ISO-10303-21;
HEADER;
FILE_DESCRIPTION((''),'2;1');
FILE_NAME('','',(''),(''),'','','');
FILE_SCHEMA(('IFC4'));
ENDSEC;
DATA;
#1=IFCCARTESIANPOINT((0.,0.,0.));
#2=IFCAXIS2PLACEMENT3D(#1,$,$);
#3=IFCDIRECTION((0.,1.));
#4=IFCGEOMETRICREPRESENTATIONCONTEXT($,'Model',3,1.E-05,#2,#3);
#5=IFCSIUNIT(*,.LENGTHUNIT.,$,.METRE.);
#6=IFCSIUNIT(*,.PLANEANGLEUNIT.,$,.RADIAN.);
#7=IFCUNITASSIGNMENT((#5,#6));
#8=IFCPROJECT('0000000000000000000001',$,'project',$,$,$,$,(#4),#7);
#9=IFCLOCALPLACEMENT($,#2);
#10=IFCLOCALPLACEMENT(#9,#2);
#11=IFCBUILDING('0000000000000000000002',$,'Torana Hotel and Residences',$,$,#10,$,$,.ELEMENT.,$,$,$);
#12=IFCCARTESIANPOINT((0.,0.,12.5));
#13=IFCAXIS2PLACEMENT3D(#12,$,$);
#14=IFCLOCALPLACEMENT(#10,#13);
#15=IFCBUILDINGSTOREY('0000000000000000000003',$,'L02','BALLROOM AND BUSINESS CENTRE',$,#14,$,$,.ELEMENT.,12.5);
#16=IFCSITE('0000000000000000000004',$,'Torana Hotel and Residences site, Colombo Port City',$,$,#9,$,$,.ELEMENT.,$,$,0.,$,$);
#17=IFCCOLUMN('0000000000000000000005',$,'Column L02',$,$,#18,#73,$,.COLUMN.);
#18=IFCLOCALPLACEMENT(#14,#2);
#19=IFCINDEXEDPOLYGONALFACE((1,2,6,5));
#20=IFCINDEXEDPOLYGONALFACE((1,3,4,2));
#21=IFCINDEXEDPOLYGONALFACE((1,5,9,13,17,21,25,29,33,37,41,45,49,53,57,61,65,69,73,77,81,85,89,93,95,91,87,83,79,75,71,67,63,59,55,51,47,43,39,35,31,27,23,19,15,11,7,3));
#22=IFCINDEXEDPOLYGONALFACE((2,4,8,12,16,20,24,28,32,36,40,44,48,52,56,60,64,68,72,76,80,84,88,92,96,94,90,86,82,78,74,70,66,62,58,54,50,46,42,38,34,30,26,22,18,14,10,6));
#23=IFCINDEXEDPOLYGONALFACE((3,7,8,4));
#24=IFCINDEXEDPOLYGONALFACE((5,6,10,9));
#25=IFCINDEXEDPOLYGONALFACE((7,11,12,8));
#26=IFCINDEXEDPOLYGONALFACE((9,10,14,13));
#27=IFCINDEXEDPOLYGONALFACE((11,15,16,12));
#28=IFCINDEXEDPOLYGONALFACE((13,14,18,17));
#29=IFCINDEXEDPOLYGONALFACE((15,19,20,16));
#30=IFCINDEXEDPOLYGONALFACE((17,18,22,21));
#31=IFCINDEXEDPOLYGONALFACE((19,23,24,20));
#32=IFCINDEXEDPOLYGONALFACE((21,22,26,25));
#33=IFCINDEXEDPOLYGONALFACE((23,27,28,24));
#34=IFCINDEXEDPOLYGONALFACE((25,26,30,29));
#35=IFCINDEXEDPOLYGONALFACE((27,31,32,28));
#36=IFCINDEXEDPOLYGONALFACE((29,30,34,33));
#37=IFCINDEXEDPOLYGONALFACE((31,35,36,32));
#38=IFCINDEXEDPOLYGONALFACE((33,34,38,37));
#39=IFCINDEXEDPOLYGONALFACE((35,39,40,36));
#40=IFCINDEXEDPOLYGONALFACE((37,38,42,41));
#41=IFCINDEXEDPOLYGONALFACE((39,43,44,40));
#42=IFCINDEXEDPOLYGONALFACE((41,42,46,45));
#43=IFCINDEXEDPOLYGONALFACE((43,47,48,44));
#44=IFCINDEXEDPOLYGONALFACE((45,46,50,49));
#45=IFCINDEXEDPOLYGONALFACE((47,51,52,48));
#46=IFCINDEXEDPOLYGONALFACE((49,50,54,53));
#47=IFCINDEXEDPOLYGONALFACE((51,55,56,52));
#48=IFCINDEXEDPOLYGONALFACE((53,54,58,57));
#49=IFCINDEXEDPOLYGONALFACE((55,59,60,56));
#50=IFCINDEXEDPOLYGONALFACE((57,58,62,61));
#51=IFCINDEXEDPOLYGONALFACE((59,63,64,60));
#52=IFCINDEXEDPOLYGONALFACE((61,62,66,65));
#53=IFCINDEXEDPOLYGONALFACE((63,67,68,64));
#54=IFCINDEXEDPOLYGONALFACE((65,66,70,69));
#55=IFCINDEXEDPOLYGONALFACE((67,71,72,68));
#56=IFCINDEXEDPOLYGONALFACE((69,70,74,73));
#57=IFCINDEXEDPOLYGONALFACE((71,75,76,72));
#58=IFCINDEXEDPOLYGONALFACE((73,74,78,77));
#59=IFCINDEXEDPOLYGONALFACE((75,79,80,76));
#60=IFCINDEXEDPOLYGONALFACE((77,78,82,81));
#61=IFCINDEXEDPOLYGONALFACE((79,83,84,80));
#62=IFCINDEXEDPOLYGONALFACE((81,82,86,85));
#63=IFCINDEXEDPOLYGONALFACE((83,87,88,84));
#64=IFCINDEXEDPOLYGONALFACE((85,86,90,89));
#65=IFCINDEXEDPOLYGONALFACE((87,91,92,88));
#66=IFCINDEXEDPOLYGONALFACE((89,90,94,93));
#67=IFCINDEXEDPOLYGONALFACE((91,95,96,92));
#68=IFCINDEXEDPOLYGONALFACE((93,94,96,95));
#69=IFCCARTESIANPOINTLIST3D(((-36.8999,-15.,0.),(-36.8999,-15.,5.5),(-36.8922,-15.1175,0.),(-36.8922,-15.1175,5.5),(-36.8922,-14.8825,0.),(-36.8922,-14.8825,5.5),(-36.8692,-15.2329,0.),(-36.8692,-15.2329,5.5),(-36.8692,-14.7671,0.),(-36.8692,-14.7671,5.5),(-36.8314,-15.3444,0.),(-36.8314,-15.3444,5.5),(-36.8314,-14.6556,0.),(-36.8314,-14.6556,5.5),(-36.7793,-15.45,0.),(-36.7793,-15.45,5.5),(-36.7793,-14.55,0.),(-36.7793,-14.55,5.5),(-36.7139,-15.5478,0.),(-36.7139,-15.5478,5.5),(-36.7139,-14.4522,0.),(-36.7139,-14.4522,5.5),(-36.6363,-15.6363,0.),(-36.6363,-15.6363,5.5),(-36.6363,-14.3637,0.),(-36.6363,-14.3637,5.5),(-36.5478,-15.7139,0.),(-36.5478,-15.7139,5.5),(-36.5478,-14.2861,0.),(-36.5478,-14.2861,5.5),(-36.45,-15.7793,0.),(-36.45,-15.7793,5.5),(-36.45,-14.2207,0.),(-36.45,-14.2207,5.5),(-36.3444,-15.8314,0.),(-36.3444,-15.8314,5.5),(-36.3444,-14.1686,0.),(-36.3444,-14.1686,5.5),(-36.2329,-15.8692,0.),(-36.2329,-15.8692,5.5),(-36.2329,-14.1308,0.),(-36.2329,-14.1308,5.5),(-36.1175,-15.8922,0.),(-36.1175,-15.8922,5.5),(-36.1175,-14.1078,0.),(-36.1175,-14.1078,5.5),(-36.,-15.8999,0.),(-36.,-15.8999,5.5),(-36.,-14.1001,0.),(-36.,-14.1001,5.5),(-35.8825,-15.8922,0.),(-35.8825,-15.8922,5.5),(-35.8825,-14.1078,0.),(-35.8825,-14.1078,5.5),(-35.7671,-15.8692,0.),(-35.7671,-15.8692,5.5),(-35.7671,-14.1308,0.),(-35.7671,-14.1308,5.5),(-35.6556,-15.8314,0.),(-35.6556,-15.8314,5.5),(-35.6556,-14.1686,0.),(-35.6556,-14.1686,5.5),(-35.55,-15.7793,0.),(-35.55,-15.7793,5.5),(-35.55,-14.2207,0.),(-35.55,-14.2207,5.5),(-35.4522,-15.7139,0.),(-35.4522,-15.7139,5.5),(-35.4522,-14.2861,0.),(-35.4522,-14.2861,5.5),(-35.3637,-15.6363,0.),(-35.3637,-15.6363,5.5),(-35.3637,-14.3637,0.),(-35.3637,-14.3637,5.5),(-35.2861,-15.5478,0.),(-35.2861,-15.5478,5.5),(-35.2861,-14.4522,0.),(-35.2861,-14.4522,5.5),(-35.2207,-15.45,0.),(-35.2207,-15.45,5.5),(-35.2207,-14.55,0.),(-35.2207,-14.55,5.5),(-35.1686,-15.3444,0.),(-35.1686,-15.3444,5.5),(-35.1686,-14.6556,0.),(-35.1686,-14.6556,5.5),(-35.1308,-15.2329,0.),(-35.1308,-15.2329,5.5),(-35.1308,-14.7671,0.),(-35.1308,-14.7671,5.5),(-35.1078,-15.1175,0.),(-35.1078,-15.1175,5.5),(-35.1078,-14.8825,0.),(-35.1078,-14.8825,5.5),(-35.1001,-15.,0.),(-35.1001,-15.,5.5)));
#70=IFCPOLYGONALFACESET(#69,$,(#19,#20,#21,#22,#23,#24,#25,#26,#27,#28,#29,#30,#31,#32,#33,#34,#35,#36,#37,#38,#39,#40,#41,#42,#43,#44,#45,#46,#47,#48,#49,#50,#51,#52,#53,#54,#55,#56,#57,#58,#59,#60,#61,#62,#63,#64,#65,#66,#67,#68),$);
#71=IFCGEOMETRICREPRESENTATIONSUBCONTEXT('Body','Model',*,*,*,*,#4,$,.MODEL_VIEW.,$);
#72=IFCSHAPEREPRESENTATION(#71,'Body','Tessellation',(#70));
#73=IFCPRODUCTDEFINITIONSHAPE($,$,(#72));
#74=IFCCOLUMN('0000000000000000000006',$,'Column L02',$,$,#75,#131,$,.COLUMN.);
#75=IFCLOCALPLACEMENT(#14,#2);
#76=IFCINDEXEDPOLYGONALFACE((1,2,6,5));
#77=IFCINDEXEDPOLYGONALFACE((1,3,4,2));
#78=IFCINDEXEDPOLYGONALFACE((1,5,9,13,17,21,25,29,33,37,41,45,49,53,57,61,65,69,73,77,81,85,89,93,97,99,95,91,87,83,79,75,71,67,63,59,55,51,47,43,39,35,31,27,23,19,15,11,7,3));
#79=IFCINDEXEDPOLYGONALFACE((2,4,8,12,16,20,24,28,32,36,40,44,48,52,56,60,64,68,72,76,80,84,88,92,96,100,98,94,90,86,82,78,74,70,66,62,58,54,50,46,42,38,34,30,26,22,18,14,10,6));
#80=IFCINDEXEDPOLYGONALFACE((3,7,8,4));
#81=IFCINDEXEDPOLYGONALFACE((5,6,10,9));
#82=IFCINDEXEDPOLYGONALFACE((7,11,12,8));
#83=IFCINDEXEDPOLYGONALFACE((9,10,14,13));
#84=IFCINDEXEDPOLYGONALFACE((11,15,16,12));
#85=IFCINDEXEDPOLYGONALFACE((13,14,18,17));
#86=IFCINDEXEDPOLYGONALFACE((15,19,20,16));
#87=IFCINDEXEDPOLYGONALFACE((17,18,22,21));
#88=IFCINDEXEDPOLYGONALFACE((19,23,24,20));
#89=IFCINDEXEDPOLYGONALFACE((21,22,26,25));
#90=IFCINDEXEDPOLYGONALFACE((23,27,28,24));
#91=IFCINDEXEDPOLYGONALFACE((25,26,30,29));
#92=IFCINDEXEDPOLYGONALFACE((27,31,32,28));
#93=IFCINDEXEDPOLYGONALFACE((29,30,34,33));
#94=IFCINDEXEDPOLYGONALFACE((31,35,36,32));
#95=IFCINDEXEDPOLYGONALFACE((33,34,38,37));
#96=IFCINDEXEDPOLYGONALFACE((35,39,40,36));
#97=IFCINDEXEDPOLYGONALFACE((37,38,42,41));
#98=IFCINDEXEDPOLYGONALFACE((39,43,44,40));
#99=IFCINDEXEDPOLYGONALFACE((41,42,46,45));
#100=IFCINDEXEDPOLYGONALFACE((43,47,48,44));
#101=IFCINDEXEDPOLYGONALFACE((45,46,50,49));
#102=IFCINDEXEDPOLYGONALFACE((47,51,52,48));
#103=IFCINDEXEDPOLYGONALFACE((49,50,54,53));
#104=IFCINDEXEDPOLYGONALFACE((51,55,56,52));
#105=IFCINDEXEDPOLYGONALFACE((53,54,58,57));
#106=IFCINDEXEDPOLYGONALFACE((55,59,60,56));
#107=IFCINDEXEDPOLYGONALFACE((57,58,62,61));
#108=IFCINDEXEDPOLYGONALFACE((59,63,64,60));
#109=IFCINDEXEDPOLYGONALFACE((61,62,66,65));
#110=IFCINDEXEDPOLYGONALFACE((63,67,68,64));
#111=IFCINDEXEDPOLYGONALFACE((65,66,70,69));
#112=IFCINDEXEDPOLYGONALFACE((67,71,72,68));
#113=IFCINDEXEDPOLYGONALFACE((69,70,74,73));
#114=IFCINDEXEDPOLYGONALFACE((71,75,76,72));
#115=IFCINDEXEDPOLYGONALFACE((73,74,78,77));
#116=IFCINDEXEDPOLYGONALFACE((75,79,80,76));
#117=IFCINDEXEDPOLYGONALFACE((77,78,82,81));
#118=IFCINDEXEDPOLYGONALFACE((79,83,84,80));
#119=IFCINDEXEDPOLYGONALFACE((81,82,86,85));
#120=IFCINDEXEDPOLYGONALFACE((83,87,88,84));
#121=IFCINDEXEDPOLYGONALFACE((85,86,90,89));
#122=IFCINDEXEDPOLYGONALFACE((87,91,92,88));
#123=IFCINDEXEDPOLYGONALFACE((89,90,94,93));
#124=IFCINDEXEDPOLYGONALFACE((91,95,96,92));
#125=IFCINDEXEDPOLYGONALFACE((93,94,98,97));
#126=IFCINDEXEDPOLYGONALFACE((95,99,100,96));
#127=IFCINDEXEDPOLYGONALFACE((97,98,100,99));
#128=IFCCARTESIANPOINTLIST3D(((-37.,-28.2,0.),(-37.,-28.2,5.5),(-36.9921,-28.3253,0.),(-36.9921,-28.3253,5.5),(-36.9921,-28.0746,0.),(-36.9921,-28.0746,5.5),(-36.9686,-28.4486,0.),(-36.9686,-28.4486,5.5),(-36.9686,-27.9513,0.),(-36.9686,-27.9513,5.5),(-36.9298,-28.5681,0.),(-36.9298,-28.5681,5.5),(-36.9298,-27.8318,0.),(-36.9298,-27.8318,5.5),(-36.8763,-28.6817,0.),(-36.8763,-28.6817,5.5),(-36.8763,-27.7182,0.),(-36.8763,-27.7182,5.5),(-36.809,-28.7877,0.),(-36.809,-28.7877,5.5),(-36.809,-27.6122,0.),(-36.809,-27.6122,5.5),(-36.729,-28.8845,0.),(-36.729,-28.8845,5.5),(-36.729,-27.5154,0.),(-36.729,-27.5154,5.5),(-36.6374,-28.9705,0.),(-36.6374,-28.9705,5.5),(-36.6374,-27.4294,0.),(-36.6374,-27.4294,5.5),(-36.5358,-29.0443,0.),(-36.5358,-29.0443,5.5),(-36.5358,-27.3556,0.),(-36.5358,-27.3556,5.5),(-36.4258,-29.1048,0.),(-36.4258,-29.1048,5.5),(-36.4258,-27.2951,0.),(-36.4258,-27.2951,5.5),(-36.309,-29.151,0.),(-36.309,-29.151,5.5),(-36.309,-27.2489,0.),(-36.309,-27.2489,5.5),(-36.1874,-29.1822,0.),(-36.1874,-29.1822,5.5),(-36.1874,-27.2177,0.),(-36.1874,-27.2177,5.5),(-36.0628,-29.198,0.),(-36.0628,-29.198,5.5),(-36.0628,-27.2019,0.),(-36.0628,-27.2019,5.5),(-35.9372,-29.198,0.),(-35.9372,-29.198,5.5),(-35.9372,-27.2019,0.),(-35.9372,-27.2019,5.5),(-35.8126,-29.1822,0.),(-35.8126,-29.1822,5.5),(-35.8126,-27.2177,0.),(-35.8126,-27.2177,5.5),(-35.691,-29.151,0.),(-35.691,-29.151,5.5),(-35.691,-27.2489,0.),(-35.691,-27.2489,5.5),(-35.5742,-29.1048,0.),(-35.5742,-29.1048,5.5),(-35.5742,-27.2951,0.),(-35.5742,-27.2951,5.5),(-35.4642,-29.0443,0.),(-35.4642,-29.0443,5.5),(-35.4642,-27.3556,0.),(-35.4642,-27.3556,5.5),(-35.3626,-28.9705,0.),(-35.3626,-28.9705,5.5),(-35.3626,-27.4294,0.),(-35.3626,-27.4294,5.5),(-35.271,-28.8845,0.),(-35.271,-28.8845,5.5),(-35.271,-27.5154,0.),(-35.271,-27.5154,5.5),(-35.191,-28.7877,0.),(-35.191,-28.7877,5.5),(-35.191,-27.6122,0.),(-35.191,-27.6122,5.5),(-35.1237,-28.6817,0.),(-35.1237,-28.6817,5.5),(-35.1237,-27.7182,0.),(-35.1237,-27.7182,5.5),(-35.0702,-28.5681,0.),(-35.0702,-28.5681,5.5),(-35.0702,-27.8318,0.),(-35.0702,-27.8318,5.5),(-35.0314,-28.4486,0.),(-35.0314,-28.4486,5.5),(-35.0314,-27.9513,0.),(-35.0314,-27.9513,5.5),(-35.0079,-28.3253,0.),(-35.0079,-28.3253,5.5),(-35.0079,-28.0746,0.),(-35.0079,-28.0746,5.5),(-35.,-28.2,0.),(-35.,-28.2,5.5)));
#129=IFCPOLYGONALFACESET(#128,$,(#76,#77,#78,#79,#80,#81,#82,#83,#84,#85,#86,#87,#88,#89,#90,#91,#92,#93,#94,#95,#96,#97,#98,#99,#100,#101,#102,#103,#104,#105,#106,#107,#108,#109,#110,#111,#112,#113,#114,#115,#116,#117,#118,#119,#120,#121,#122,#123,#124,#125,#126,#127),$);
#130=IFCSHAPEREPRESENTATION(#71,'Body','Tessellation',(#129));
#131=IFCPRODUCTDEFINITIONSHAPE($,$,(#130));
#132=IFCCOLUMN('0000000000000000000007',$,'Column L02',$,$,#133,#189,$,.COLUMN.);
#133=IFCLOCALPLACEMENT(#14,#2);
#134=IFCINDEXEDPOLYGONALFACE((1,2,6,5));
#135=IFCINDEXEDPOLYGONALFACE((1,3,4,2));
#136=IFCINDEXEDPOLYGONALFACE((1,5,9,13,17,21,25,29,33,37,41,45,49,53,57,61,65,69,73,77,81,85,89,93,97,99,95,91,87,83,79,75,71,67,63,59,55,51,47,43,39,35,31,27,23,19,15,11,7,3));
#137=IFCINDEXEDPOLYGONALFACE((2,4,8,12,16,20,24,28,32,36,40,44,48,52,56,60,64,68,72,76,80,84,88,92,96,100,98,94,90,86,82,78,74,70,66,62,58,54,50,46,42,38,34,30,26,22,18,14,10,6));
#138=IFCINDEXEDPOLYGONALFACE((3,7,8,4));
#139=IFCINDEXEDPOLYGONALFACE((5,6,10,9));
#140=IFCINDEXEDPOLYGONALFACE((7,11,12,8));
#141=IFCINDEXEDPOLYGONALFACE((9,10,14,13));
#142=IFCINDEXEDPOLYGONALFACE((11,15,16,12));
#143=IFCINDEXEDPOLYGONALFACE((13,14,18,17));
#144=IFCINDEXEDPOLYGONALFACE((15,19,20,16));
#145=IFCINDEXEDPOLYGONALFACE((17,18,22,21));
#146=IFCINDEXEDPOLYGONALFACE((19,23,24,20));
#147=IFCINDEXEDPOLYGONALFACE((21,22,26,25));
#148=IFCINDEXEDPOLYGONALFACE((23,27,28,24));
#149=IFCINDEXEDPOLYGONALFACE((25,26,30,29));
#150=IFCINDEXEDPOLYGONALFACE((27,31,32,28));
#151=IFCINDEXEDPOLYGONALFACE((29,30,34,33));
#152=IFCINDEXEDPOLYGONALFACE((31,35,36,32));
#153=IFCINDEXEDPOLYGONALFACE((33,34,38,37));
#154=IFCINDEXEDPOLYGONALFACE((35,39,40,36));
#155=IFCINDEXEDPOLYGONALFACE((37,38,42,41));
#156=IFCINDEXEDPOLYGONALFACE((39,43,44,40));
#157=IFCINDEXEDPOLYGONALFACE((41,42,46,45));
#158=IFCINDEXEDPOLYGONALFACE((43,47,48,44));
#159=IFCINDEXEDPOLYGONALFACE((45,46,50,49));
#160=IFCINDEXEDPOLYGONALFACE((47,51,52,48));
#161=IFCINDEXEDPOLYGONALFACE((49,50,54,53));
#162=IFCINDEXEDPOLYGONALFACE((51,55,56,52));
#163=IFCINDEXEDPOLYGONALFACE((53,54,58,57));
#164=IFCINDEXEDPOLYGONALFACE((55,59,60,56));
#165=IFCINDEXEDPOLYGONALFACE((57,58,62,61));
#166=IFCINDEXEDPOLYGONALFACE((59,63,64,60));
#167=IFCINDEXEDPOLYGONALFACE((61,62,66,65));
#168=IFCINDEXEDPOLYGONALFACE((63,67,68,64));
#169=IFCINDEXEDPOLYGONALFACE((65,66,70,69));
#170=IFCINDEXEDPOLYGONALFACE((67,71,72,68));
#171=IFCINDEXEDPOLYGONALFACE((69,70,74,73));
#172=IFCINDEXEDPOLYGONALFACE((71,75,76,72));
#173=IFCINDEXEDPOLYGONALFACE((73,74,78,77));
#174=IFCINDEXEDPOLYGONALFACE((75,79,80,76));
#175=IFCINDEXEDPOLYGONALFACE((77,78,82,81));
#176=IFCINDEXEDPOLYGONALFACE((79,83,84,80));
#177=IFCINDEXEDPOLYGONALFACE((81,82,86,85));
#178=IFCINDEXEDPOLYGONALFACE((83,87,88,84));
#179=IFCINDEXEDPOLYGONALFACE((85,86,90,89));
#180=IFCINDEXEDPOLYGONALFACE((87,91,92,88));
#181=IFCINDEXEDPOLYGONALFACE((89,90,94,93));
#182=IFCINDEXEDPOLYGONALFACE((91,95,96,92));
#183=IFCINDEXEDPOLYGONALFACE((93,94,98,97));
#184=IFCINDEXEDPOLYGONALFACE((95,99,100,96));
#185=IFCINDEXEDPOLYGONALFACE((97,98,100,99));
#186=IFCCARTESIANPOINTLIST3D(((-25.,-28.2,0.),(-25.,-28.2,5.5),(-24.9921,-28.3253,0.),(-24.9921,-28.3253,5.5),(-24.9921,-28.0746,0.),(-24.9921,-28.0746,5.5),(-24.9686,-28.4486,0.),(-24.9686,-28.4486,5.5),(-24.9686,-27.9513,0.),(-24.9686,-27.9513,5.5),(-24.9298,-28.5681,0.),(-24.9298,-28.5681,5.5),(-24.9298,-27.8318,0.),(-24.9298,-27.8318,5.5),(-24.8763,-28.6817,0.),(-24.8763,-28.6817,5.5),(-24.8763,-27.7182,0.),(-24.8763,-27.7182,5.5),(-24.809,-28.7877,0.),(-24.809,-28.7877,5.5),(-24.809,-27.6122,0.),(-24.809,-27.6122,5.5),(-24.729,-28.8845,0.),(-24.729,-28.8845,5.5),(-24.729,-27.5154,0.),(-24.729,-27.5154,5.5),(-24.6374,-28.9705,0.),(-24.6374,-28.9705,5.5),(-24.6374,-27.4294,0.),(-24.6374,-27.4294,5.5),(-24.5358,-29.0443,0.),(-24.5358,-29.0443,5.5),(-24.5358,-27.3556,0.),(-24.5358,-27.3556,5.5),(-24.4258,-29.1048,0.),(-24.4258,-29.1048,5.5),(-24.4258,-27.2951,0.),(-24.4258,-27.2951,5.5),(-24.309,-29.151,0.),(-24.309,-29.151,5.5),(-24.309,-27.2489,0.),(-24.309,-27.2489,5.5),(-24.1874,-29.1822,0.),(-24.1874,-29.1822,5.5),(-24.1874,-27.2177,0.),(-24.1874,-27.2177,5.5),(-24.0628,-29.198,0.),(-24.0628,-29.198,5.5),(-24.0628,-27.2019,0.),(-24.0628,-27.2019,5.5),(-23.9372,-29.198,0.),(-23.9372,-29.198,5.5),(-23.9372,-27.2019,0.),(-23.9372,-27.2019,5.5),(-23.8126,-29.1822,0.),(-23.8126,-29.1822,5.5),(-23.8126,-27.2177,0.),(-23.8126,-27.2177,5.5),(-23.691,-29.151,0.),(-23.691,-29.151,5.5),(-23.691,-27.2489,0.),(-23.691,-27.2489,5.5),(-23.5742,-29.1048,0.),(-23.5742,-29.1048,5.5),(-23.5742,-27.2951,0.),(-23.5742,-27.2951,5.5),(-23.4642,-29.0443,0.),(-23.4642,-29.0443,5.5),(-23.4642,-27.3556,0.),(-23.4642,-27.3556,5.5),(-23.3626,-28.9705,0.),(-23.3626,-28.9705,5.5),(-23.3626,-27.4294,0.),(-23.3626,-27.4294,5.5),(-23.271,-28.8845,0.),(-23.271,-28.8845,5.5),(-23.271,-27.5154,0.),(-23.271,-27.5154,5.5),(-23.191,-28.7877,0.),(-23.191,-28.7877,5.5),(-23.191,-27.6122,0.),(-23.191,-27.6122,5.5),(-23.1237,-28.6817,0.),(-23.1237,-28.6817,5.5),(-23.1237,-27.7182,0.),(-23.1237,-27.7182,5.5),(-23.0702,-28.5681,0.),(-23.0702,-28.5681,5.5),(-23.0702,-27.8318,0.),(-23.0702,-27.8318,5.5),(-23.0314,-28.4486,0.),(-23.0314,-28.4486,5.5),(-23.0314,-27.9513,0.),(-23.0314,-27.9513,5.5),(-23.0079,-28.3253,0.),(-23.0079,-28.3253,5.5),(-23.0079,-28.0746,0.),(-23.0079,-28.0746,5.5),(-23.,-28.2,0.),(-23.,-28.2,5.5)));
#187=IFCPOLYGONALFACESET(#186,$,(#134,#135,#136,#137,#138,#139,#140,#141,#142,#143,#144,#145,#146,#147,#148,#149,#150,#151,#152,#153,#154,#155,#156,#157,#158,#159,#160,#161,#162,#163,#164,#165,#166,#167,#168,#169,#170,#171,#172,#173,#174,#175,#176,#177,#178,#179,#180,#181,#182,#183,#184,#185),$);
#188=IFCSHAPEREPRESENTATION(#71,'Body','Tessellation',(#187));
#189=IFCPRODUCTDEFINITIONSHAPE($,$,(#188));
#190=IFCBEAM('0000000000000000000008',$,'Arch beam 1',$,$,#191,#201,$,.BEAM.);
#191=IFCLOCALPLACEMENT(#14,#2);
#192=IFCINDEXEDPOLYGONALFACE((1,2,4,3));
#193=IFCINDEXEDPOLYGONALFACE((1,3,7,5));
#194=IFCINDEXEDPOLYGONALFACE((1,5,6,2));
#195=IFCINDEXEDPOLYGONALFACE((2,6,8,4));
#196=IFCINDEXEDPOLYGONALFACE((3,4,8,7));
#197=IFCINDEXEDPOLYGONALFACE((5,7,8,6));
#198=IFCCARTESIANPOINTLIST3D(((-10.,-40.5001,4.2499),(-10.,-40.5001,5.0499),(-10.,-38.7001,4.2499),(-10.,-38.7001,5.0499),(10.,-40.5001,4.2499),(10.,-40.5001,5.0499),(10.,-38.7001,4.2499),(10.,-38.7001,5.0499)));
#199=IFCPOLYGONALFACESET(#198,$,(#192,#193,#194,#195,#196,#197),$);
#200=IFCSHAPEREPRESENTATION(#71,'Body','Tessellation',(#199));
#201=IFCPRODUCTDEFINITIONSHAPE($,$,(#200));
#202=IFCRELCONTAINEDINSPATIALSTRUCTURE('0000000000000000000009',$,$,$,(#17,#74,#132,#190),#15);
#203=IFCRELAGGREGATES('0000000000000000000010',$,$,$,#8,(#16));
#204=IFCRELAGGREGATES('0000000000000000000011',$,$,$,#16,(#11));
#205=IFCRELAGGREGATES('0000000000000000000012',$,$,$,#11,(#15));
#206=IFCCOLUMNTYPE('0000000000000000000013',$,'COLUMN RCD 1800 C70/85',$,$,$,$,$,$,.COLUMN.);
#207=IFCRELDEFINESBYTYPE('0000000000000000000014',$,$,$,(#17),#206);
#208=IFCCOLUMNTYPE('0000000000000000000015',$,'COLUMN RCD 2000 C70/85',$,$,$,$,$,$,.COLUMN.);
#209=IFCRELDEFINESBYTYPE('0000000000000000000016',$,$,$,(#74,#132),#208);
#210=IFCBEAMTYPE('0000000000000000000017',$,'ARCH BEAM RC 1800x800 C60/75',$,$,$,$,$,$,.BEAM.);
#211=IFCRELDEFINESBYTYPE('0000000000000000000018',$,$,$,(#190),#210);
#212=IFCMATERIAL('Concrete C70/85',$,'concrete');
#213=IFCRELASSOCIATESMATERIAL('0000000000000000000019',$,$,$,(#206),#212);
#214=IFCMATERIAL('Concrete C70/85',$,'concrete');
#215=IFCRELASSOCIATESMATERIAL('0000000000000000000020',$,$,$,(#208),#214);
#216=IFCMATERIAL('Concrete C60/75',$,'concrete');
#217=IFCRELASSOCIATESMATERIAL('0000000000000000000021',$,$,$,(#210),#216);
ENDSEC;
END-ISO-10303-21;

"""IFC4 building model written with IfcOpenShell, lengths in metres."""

from ifc_helpers import new_model, si_unit, direction, frame, origin, origin_2d, place, context, subcontext, project, spatial, rectangle, circle, extrude, material, material_profile, profile_set, type_object, element, save


model = new_model("IFC4")

# Units and contexts
model_context = context("Model", 3, precision=1e-05, world=origin(), true_north=direction((0.0, 1.0)))
body_context = subcontext(model_context, "Body", "Model", "MODEL_VIEW")
ifc_project = project(units=[si_unit("LENGTHUNIT", "METRE"), si_unit("PLANEANGLEUNIT", "RADIAN")], contexts=[model_context])

# Site, building, storey
site_placement = place(None, origin())
site = spatial("IfcSite", under=ifc_project, at=site_placement, Name="Torana Hotel and Residences site, Colombo Port City", CompositionType="ELEMENT", RefElevation=0.0)
building_placement = place(site_placement, origin())
building = spatial("IfcBuilding", under=site, at=building_placement, Name="Torana Hotel and Residences", CompositionType="ELEMENT")
storey_placement = place(building_placement, frame((0.0, 0.0, 12.5)))
storey = spatial("IfcBuildingStorey", under=building, at=storey_placement, Name="L02", Description="BALLROOM AND BUSINESS CENTRE", CompositionType="ELEMENT", Elevation=12.5)

# Columns
ifc_material_1 = material(Name="Concrete C70/85", Category="concrete")
ifc_material_profile_1 = material_profile(ifc_material_1, circle(Radius=0.8999, at=origin_2d()), Name="RCD 1800")
ifc_profile_set_1 = profile_set([ifc_material_profile_1], Name="Concrete C70/85")
column_type_1 = type_object("IfcColumnType", Name="COLUMN RCD 1800 C70/85", PredefinedType="COLUMN", material=ifc_profile_set_1)
column_placement = place(storey_placement, frame((-36.0, -15.0, 0.0), z_axis=(0.0, 0.0, 1.0), x_axis=(1.0, 0.0, 0.0)))
element("IfcColumn", 1, at=column_placement, inside=storey, type_object=column_type_1, Name="Column L02", PredefinedType="COLUMN", context=body_context, shape_type="SweptSolid", body=[
    extrude(circle(Radius=0.8999, at=origin_2d()), origin(), (0.0, 0.0, 1.0), 5.5),
])
ifc_material_2 = material(Name="Concrete C70/85", Category="concrete")
ifc_material_profile_2 = material_profile(ifc_material_2, circle(Radius=1.0, at=origin_2d()), Name="RCD 2000")
ifc_profile_set_2 = profile_set([ifc_material_profile_2], Name="Concrete C70/85")
column_type_2 = type_object("IfcColumnType", Name="COLUMN RCD 2000 C70/85", PredefinedType="COLUMN", material=ifc_profile_set_2)
for number, where, z_axis, x_axis, name in (
    (2, (-36.0, -28.2, 0.0), (0.0, 0.0, 1.0), (1.0, 0.0, 0.0), "Column L02"),
    (3, (-24.0, -28.2, 0.0), (0.0, 0.0, 1.0), (1.0, 0.0, 0.0), "Column L02"),
):
    element("IfcColumn", number, at=place(storey_placement, frame(where, z_axis=z_axis, x_axis=x_axis)), inside=storey, type_object=column_type_2, Name=name, PredefinedType="COLUMN", context=body_context, shape_type="SweptSolid", body=[
        extrude(circle(Radius=1.0, at=origin_2d()), origin(), (0.0, 0.0, 1.0), 5.5),
    ])

# Beam
ifc_material_3 = material(Name="Concrete C60/75", Category="concrete")
ifc_material_profile_3 = material_profile(ifc_material_3, rectangle(XDim=1.8, YDim=0.8, at=origin_2d()), Name="RC 1800x800")
ifc_profile_set_3 = profile_set([ifc_material_profile_3], Name="Concrete C60/75")
beam_type = type_object("IfcBeamType", Name="ARCH BEAM RC 1800x800 C60/75", PredefinedType="BEAM", material=ifc_profile_set_3)
for number, where, z_axis, x_axis, name in (
    (4, (-10.0, -39.6001, 4.6499), (1.0, 0.0, 0.0), (0.0, 1.0, 0.0), "Arch beam 1"),
):
    element("IfcBeam", number, at=place(storey_placement, frame(where, z_axis=z_axis, x_axis=x_axis)), inside=storey, type_object=beam_type, Name=name, PredefinedType="BEAM", context=body_context, shape_type="SweptSolid", body=[
        extrude(rectangle(XDim=1.8, YDim=0.8, at=origin_2d()), origin(), (0.0, 0.0, 1.0), 20.0),
    ])

save(model, "model.ifc")
